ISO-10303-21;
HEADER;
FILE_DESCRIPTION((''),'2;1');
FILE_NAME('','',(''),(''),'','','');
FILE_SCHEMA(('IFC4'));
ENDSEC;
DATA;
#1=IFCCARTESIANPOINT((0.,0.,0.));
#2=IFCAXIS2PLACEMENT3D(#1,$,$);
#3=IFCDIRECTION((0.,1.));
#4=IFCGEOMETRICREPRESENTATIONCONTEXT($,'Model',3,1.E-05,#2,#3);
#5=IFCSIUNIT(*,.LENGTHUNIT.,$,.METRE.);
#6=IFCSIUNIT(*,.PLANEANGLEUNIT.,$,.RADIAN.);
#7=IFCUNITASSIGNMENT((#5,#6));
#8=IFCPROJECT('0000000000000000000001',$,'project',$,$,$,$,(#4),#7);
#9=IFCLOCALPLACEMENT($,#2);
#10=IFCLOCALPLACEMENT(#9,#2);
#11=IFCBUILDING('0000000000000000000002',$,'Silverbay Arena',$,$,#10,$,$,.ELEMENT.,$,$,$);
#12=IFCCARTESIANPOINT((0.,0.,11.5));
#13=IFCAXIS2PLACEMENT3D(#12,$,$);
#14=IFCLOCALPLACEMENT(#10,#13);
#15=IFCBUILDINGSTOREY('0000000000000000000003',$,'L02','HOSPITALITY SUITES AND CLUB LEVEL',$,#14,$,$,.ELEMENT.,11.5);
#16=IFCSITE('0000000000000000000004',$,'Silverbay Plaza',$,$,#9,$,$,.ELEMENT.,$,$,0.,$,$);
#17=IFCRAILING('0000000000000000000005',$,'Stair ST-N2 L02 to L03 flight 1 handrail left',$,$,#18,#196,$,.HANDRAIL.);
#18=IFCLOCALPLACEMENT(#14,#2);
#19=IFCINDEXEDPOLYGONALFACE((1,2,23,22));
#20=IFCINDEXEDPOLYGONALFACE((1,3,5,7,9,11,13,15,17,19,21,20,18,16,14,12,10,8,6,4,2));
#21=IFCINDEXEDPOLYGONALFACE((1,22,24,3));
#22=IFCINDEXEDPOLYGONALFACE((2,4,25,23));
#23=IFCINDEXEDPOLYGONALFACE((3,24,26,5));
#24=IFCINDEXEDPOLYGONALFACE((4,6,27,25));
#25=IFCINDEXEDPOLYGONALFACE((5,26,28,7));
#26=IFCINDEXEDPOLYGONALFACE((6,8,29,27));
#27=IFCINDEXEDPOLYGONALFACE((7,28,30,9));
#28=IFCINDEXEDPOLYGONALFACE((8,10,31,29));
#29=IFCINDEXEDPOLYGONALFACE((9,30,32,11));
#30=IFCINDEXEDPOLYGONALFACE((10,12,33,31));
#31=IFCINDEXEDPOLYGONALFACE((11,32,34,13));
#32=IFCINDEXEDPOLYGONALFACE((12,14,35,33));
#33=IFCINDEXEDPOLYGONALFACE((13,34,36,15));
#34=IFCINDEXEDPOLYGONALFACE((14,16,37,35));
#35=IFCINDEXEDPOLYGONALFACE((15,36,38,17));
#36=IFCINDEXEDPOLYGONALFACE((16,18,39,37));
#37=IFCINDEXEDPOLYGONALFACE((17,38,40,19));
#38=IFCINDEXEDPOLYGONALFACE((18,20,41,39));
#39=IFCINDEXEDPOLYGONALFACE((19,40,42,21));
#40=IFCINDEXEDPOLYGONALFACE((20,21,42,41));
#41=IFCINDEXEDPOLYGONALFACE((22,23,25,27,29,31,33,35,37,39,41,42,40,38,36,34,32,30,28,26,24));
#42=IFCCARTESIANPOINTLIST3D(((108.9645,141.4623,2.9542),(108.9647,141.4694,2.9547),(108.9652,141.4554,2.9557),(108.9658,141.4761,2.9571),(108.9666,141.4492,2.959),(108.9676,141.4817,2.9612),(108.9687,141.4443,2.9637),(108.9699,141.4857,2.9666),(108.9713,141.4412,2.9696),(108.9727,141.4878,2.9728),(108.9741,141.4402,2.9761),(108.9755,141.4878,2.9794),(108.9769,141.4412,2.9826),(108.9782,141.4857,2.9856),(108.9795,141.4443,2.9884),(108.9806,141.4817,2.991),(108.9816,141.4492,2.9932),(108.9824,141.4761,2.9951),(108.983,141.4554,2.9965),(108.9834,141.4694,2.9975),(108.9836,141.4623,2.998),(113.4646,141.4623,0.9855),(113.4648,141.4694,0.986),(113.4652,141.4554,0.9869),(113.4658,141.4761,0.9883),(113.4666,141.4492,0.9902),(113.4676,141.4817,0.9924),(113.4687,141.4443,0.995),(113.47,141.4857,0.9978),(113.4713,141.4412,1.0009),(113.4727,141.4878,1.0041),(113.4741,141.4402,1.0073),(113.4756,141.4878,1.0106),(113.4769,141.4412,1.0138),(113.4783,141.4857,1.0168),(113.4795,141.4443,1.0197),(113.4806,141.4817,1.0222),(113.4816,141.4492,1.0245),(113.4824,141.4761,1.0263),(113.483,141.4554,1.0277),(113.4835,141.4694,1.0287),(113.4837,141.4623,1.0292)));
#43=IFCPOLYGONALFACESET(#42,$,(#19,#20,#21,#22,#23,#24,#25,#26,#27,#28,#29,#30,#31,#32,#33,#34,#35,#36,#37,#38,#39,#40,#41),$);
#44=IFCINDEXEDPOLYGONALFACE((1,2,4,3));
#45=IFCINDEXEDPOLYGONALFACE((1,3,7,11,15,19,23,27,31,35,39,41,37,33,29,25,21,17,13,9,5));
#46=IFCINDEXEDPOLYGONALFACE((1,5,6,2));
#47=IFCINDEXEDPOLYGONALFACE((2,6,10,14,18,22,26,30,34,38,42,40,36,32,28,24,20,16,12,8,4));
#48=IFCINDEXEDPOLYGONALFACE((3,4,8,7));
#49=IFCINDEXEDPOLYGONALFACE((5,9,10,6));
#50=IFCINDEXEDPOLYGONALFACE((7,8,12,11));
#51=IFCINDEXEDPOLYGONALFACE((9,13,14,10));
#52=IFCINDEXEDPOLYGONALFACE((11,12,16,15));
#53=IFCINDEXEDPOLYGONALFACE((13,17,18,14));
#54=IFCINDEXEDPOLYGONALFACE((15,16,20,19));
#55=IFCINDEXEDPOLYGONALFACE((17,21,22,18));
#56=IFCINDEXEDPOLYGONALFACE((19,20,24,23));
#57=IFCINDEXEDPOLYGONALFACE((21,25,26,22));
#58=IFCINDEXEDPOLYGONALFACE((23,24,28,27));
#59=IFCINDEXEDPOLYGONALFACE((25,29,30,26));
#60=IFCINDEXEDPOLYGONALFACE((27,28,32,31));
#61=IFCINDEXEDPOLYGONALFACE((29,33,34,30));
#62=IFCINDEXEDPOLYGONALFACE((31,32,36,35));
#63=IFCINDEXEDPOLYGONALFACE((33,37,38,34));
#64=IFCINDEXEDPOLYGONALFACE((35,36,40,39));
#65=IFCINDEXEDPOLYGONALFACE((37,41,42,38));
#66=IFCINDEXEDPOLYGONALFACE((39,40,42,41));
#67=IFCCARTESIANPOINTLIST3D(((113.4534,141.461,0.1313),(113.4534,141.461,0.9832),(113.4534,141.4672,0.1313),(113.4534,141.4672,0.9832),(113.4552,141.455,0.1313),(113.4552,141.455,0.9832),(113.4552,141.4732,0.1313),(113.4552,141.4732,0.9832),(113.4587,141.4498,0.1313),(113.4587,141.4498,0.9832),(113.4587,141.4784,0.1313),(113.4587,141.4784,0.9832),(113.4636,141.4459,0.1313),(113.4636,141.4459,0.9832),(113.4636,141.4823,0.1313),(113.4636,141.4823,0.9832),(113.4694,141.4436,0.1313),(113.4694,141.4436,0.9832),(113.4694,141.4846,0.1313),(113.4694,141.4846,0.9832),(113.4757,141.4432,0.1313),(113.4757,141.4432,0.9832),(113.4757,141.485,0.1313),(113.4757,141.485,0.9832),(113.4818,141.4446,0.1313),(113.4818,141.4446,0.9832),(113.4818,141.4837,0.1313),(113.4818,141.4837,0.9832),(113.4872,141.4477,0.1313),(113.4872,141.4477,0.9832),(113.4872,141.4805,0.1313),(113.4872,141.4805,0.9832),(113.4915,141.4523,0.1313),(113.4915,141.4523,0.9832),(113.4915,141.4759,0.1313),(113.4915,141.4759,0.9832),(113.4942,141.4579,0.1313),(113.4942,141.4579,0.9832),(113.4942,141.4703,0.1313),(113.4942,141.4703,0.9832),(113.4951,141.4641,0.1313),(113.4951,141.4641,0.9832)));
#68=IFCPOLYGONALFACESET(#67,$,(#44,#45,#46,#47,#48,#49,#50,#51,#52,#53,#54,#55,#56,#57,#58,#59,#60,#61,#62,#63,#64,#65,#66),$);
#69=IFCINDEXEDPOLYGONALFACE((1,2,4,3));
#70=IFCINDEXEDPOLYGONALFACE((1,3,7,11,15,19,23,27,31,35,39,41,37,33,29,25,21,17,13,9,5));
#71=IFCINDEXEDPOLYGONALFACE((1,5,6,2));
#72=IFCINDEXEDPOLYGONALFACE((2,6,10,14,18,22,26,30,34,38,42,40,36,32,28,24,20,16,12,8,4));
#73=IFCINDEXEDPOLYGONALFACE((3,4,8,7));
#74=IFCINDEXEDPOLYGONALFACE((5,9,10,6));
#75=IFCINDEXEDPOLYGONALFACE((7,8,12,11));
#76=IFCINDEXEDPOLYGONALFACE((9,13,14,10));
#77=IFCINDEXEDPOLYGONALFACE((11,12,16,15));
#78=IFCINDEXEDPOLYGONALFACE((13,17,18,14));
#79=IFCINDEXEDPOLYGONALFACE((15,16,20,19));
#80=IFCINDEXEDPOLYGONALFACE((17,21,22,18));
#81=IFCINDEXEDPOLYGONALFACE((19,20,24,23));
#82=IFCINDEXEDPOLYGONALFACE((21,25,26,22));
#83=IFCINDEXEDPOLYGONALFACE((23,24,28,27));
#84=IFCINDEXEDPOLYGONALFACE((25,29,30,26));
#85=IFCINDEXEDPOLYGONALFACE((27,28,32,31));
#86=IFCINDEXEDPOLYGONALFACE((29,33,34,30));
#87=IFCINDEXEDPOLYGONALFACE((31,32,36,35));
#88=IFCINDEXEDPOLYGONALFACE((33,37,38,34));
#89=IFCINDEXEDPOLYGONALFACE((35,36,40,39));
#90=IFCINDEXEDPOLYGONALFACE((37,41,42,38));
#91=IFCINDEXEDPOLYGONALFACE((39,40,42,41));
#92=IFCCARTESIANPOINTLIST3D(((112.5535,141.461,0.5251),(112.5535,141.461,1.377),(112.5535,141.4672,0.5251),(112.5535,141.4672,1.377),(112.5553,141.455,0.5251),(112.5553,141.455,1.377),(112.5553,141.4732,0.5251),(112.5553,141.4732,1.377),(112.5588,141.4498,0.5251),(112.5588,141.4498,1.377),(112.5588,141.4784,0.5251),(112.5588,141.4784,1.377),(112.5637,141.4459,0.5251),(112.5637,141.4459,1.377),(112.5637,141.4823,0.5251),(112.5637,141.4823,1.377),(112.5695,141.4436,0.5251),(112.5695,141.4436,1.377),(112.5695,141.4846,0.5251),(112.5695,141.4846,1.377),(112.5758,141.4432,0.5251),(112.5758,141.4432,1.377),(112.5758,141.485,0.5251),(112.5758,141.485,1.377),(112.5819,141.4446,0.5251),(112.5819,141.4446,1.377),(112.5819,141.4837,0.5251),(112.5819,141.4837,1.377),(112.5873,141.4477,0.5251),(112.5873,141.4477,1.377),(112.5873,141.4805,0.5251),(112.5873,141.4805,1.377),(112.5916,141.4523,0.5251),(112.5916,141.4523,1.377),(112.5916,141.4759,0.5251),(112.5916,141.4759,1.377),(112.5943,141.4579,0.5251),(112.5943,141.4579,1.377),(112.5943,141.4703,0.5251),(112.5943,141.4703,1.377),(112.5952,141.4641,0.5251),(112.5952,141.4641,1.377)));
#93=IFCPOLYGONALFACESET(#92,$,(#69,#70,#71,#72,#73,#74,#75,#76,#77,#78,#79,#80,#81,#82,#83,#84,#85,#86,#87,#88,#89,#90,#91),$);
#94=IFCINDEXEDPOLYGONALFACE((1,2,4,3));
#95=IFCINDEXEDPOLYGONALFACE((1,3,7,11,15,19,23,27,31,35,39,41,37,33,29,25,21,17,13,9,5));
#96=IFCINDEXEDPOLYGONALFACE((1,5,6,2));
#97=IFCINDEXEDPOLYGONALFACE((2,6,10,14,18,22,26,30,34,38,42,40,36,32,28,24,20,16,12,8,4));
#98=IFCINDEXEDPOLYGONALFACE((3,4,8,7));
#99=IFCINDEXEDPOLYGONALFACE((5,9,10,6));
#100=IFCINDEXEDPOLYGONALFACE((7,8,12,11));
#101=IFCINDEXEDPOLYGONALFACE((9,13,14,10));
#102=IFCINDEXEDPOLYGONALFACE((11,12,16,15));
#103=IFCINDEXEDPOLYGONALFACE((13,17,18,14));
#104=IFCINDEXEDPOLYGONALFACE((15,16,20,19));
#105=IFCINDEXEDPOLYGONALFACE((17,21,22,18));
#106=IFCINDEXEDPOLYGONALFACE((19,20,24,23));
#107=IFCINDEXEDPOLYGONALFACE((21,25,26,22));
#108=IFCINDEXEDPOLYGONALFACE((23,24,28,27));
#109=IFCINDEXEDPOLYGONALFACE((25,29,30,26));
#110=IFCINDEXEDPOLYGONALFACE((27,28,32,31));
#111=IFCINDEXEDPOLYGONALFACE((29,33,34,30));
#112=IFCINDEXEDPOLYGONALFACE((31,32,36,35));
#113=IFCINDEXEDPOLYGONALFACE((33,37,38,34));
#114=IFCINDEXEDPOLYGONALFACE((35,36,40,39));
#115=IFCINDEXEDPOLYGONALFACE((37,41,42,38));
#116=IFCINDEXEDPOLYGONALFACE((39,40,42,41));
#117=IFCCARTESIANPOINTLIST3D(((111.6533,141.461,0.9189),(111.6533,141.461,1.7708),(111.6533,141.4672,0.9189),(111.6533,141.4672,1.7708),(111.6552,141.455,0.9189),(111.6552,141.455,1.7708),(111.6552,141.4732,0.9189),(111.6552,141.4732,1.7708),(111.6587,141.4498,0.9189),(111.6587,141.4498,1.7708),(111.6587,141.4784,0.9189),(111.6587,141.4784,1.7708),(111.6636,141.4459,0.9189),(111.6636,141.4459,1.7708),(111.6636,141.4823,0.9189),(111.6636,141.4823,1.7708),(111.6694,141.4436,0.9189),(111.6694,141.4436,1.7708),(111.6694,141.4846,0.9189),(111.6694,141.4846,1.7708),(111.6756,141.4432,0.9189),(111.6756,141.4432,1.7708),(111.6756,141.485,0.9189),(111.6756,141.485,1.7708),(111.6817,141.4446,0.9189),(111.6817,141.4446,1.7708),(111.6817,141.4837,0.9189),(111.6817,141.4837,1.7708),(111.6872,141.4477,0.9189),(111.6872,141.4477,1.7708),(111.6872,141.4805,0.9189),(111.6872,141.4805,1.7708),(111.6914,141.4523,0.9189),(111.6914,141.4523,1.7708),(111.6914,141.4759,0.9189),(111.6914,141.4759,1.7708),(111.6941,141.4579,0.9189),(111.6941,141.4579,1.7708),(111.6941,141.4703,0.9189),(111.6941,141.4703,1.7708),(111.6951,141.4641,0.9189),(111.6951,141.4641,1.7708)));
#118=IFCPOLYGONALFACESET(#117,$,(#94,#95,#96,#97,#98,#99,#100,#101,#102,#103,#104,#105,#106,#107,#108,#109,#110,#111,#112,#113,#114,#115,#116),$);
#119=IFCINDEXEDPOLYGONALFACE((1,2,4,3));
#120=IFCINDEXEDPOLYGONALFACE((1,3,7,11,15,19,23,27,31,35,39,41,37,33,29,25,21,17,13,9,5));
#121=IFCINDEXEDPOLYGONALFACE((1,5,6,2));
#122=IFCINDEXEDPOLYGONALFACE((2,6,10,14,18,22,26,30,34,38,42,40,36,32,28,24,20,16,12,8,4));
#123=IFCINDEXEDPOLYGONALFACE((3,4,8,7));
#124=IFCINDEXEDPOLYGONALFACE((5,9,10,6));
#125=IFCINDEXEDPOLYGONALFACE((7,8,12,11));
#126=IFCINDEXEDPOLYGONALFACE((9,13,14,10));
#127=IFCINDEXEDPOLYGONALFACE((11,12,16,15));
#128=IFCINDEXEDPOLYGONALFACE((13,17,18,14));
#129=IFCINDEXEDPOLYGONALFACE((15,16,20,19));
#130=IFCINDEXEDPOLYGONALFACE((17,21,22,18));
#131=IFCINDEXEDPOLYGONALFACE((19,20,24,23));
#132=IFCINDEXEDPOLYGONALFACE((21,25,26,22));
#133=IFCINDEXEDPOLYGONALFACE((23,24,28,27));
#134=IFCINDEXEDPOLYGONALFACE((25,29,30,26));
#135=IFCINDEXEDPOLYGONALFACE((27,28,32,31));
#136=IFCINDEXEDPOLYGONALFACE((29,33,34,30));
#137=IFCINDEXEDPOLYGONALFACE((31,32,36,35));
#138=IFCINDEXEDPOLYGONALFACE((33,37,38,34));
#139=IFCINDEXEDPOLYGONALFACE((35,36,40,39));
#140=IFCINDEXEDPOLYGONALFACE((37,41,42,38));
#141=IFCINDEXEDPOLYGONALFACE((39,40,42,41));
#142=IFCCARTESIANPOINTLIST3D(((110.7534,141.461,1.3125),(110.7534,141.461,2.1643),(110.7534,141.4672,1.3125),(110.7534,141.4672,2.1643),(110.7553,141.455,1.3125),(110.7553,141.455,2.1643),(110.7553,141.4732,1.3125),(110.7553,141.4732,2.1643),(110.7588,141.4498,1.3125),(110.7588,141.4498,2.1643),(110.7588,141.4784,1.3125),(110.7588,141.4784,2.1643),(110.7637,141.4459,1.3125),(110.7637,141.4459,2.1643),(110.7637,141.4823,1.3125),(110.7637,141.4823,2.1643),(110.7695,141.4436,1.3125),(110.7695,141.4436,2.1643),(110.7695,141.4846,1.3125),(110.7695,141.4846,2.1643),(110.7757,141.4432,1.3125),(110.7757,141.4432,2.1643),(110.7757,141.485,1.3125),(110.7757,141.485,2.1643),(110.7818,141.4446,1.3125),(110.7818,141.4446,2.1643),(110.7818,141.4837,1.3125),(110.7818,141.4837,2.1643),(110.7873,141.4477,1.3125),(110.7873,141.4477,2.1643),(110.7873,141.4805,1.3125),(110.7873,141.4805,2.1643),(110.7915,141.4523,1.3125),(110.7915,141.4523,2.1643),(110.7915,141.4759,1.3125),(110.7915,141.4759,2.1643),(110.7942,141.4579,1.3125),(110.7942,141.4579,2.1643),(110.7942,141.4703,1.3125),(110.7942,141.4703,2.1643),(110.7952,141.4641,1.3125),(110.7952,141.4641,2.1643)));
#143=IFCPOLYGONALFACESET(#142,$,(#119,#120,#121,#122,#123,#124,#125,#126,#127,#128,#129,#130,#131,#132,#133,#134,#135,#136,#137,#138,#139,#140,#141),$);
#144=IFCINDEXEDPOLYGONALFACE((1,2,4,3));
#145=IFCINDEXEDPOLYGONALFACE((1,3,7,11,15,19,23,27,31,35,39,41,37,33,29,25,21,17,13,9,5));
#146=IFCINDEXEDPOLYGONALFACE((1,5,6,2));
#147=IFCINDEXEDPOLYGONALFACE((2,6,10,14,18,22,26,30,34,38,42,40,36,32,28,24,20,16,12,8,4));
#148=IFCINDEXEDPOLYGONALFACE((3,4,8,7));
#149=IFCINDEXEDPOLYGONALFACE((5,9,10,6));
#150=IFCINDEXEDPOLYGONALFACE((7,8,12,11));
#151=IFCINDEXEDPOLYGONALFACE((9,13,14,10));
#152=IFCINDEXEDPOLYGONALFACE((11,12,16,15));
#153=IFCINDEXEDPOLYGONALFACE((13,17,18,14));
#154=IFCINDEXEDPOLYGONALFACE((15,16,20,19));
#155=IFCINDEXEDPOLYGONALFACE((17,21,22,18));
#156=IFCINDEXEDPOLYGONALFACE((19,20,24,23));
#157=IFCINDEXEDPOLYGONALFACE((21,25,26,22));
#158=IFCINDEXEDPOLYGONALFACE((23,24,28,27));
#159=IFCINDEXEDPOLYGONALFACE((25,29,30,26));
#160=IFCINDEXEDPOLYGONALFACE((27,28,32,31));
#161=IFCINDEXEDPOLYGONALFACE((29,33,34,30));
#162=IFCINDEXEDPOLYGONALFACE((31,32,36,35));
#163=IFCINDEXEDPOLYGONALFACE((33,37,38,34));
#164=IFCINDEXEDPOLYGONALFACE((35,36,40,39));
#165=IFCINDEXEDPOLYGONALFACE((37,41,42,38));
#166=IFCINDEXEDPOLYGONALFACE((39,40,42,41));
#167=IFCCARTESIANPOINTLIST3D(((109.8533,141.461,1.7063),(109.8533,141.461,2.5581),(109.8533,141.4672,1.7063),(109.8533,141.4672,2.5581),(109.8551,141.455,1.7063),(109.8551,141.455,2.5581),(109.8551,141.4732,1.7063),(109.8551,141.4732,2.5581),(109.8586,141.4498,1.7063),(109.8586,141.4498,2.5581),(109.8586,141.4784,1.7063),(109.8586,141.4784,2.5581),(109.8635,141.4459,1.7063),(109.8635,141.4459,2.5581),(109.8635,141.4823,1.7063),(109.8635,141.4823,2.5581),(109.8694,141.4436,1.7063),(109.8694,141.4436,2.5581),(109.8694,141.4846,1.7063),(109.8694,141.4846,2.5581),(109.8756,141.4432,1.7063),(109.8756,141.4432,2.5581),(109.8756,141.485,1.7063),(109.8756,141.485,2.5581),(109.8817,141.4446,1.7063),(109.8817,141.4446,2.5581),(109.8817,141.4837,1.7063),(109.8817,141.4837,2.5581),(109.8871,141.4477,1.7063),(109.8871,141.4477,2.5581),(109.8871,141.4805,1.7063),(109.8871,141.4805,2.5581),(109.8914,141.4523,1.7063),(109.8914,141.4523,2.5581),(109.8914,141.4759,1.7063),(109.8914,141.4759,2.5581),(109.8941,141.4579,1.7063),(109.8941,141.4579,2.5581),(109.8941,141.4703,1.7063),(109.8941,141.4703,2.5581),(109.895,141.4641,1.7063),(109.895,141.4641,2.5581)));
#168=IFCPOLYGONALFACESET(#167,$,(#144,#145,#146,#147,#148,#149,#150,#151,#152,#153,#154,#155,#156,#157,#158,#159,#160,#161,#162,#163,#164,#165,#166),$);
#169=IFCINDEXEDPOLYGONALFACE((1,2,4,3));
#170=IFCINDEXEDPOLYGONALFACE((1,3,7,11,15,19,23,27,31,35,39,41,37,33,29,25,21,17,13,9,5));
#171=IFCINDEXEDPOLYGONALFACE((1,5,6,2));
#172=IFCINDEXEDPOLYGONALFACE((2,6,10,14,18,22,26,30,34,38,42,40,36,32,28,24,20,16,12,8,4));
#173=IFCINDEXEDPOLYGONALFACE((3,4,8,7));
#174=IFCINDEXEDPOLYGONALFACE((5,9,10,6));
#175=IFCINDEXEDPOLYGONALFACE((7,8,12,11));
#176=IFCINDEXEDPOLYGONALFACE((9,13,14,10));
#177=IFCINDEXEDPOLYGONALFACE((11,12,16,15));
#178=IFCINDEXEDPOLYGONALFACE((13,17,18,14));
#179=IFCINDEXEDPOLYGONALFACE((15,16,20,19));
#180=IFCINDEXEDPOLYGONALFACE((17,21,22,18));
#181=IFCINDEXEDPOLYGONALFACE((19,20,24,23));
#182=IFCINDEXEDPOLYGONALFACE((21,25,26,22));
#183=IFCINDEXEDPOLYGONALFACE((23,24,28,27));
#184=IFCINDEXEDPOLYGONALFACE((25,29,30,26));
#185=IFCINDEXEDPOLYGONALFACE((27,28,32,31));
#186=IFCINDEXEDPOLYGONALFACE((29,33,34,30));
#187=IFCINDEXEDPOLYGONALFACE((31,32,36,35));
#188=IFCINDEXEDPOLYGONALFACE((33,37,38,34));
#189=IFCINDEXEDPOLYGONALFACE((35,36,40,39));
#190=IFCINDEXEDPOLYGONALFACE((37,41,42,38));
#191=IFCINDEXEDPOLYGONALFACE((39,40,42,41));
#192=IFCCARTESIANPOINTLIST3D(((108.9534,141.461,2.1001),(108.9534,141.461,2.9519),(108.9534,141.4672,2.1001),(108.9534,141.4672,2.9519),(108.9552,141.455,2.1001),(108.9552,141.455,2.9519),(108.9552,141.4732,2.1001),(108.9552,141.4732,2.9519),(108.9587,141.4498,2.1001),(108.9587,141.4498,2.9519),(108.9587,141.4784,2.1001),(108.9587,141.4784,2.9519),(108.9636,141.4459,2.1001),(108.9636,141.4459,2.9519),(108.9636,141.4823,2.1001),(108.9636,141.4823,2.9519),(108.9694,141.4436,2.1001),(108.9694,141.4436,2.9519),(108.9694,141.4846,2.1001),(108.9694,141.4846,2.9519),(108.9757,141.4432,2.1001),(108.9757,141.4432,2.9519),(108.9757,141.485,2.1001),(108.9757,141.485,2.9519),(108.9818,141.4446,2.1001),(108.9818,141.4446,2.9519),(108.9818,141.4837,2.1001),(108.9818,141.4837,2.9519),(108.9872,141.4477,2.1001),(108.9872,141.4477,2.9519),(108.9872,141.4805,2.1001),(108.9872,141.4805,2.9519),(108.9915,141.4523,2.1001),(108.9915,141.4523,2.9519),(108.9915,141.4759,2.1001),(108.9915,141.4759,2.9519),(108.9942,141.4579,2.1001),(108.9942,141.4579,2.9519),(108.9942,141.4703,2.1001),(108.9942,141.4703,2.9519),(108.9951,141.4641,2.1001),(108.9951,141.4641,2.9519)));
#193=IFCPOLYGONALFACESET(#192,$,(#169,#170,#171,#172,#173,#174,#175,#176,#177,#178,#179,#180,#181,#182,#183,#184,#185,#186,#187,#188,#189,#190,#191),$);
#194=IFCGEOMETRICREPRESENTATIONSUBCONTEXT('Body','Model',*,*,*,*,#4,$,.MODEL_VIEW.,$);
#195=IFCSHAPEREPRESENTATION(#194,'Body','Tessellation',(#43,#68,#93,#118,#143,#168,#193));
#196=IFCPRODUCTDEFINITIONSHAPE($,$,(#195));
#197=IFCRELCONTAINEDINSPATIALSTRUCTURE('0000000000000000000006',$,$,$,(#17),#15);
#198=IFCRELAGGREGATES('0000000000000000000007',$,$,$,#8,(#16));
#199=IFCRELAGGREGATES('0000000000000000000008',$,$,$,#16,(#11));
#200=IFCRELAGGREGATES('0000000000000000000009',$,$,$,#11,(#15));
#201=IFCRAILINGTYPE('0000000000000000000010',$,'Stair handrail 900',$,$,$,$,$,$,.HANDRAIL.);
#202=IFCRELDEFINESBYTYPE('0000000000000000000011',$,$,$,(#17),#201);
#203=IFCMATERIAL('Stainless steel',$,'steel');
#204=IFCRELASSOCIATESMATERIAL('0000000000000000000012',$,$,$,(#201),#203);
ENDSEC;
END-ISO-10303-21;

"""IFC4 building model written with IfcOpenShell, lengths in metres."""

from ifc_helpers import new_model, si_unit, direction, frame, origin, origin_2d, place, context, subcontext, project, spatial, circle, extrude, material, type_object, element, save


model = new_model("IFC4")

# Units and contexts
model_context = context("Model", 3, precision=1e-05, world=origin(), true_north=direction((0.0, 1.0)))
body_context = subcontext(model_context, "Body", "Model", "MODEL_VIEW")
ifc_project = project(units=[si_unit("LENGTHUNIT", "METRE"), si_unit("PLANEANGLEUNIT", "RADIAN")], contexts=[model_context])

# Site, building, storey
site_placement = place(None, origin())
site = spatial("IfcSite", under=ifc_project, at=site_placement, Name="Silverbay Plaza", CompositionType="ELEMENT", RefElevation=0.0)
building_placement = place(site_placement, origin())
building = spatial("IfcBuilding", under=site, at=building_placement, Name="Silverbay Arena", CompositionType="ELEMENT")
storey_placement = place(building_placement, frame((0.0, 0.0, 11.5)))
storey = spatial("IfcBuildingStorey", under=building, at=storey_placement, Name="L02", Description="HOSPITALITY SUITES AND CLUB LEVEL", CompositionType="ELEMENT", Elevation=11.5)

# Railing
ifc_material_1 = material(Name="Stainless steel", Category="steel")
railing_type_1 = type_object("IfcRailingType", Name="Stair handrail 900", PredefinedType="HANDRAIL", material=ifc_material_1)
for number, where, name in (
    (1, (113.4741, 141.4641, 0.1313), "Stair ST-N2 L02 to L03 flight 1 handrail left"),
):
    element("IfcRailing", number, at=place(storey_placement, frame(where)), inside=storey, type_object=railing_type_1, Name=name, PredefinedType="HANDRAIL", context=body_context, shape_type="SweptSolid", body=[
        extrude(circle(Radius=0.0239, at=origin_2d()), frame((0.0, 0.0, 0.876), z_axis=(-0.916157, 0.0, 0.400819), x_axis=(0.0, -1.0, 0.0)), (0.0, 0.0, 1.0), 4.9119),
        extrude(circle(Radius=0.021, at=origin_2d()), origin(), (0.0, 0.0, 1.0), 0.8518),
        extrude(circle(Radius=0.021, at=origin_2d()), frame((-0.8999, 0.0, 0.3938)), (0.0, 0.0, 1.0), 0.8518),
        extrude(circle(Radius=0.021, at=origin_2d()), frame((-1.8, 0.0, 0.7876)), (0.0, 0.0, 1.0), 0.8518),
        extrude(circle(Radius=0.021, at=origin_2d()), frame((-2.7, 0.0, 1.1812)), (0.0, 0.0, 1.0), 0.8518),
        extrude(circle(Radius=0.021, at=origin_2d()), frame((-3.6001, 0.0, 1.575)), (0.0, 0.0, 1.0), 0.8518),
        extrude(circle(Radius=0.021, at=origin_2d()), frame((-4.5, 0.0, 1.9688)), (0.0, 0.0, 1.0), 0.8518),
    ])

save(model, "model.ifc")
